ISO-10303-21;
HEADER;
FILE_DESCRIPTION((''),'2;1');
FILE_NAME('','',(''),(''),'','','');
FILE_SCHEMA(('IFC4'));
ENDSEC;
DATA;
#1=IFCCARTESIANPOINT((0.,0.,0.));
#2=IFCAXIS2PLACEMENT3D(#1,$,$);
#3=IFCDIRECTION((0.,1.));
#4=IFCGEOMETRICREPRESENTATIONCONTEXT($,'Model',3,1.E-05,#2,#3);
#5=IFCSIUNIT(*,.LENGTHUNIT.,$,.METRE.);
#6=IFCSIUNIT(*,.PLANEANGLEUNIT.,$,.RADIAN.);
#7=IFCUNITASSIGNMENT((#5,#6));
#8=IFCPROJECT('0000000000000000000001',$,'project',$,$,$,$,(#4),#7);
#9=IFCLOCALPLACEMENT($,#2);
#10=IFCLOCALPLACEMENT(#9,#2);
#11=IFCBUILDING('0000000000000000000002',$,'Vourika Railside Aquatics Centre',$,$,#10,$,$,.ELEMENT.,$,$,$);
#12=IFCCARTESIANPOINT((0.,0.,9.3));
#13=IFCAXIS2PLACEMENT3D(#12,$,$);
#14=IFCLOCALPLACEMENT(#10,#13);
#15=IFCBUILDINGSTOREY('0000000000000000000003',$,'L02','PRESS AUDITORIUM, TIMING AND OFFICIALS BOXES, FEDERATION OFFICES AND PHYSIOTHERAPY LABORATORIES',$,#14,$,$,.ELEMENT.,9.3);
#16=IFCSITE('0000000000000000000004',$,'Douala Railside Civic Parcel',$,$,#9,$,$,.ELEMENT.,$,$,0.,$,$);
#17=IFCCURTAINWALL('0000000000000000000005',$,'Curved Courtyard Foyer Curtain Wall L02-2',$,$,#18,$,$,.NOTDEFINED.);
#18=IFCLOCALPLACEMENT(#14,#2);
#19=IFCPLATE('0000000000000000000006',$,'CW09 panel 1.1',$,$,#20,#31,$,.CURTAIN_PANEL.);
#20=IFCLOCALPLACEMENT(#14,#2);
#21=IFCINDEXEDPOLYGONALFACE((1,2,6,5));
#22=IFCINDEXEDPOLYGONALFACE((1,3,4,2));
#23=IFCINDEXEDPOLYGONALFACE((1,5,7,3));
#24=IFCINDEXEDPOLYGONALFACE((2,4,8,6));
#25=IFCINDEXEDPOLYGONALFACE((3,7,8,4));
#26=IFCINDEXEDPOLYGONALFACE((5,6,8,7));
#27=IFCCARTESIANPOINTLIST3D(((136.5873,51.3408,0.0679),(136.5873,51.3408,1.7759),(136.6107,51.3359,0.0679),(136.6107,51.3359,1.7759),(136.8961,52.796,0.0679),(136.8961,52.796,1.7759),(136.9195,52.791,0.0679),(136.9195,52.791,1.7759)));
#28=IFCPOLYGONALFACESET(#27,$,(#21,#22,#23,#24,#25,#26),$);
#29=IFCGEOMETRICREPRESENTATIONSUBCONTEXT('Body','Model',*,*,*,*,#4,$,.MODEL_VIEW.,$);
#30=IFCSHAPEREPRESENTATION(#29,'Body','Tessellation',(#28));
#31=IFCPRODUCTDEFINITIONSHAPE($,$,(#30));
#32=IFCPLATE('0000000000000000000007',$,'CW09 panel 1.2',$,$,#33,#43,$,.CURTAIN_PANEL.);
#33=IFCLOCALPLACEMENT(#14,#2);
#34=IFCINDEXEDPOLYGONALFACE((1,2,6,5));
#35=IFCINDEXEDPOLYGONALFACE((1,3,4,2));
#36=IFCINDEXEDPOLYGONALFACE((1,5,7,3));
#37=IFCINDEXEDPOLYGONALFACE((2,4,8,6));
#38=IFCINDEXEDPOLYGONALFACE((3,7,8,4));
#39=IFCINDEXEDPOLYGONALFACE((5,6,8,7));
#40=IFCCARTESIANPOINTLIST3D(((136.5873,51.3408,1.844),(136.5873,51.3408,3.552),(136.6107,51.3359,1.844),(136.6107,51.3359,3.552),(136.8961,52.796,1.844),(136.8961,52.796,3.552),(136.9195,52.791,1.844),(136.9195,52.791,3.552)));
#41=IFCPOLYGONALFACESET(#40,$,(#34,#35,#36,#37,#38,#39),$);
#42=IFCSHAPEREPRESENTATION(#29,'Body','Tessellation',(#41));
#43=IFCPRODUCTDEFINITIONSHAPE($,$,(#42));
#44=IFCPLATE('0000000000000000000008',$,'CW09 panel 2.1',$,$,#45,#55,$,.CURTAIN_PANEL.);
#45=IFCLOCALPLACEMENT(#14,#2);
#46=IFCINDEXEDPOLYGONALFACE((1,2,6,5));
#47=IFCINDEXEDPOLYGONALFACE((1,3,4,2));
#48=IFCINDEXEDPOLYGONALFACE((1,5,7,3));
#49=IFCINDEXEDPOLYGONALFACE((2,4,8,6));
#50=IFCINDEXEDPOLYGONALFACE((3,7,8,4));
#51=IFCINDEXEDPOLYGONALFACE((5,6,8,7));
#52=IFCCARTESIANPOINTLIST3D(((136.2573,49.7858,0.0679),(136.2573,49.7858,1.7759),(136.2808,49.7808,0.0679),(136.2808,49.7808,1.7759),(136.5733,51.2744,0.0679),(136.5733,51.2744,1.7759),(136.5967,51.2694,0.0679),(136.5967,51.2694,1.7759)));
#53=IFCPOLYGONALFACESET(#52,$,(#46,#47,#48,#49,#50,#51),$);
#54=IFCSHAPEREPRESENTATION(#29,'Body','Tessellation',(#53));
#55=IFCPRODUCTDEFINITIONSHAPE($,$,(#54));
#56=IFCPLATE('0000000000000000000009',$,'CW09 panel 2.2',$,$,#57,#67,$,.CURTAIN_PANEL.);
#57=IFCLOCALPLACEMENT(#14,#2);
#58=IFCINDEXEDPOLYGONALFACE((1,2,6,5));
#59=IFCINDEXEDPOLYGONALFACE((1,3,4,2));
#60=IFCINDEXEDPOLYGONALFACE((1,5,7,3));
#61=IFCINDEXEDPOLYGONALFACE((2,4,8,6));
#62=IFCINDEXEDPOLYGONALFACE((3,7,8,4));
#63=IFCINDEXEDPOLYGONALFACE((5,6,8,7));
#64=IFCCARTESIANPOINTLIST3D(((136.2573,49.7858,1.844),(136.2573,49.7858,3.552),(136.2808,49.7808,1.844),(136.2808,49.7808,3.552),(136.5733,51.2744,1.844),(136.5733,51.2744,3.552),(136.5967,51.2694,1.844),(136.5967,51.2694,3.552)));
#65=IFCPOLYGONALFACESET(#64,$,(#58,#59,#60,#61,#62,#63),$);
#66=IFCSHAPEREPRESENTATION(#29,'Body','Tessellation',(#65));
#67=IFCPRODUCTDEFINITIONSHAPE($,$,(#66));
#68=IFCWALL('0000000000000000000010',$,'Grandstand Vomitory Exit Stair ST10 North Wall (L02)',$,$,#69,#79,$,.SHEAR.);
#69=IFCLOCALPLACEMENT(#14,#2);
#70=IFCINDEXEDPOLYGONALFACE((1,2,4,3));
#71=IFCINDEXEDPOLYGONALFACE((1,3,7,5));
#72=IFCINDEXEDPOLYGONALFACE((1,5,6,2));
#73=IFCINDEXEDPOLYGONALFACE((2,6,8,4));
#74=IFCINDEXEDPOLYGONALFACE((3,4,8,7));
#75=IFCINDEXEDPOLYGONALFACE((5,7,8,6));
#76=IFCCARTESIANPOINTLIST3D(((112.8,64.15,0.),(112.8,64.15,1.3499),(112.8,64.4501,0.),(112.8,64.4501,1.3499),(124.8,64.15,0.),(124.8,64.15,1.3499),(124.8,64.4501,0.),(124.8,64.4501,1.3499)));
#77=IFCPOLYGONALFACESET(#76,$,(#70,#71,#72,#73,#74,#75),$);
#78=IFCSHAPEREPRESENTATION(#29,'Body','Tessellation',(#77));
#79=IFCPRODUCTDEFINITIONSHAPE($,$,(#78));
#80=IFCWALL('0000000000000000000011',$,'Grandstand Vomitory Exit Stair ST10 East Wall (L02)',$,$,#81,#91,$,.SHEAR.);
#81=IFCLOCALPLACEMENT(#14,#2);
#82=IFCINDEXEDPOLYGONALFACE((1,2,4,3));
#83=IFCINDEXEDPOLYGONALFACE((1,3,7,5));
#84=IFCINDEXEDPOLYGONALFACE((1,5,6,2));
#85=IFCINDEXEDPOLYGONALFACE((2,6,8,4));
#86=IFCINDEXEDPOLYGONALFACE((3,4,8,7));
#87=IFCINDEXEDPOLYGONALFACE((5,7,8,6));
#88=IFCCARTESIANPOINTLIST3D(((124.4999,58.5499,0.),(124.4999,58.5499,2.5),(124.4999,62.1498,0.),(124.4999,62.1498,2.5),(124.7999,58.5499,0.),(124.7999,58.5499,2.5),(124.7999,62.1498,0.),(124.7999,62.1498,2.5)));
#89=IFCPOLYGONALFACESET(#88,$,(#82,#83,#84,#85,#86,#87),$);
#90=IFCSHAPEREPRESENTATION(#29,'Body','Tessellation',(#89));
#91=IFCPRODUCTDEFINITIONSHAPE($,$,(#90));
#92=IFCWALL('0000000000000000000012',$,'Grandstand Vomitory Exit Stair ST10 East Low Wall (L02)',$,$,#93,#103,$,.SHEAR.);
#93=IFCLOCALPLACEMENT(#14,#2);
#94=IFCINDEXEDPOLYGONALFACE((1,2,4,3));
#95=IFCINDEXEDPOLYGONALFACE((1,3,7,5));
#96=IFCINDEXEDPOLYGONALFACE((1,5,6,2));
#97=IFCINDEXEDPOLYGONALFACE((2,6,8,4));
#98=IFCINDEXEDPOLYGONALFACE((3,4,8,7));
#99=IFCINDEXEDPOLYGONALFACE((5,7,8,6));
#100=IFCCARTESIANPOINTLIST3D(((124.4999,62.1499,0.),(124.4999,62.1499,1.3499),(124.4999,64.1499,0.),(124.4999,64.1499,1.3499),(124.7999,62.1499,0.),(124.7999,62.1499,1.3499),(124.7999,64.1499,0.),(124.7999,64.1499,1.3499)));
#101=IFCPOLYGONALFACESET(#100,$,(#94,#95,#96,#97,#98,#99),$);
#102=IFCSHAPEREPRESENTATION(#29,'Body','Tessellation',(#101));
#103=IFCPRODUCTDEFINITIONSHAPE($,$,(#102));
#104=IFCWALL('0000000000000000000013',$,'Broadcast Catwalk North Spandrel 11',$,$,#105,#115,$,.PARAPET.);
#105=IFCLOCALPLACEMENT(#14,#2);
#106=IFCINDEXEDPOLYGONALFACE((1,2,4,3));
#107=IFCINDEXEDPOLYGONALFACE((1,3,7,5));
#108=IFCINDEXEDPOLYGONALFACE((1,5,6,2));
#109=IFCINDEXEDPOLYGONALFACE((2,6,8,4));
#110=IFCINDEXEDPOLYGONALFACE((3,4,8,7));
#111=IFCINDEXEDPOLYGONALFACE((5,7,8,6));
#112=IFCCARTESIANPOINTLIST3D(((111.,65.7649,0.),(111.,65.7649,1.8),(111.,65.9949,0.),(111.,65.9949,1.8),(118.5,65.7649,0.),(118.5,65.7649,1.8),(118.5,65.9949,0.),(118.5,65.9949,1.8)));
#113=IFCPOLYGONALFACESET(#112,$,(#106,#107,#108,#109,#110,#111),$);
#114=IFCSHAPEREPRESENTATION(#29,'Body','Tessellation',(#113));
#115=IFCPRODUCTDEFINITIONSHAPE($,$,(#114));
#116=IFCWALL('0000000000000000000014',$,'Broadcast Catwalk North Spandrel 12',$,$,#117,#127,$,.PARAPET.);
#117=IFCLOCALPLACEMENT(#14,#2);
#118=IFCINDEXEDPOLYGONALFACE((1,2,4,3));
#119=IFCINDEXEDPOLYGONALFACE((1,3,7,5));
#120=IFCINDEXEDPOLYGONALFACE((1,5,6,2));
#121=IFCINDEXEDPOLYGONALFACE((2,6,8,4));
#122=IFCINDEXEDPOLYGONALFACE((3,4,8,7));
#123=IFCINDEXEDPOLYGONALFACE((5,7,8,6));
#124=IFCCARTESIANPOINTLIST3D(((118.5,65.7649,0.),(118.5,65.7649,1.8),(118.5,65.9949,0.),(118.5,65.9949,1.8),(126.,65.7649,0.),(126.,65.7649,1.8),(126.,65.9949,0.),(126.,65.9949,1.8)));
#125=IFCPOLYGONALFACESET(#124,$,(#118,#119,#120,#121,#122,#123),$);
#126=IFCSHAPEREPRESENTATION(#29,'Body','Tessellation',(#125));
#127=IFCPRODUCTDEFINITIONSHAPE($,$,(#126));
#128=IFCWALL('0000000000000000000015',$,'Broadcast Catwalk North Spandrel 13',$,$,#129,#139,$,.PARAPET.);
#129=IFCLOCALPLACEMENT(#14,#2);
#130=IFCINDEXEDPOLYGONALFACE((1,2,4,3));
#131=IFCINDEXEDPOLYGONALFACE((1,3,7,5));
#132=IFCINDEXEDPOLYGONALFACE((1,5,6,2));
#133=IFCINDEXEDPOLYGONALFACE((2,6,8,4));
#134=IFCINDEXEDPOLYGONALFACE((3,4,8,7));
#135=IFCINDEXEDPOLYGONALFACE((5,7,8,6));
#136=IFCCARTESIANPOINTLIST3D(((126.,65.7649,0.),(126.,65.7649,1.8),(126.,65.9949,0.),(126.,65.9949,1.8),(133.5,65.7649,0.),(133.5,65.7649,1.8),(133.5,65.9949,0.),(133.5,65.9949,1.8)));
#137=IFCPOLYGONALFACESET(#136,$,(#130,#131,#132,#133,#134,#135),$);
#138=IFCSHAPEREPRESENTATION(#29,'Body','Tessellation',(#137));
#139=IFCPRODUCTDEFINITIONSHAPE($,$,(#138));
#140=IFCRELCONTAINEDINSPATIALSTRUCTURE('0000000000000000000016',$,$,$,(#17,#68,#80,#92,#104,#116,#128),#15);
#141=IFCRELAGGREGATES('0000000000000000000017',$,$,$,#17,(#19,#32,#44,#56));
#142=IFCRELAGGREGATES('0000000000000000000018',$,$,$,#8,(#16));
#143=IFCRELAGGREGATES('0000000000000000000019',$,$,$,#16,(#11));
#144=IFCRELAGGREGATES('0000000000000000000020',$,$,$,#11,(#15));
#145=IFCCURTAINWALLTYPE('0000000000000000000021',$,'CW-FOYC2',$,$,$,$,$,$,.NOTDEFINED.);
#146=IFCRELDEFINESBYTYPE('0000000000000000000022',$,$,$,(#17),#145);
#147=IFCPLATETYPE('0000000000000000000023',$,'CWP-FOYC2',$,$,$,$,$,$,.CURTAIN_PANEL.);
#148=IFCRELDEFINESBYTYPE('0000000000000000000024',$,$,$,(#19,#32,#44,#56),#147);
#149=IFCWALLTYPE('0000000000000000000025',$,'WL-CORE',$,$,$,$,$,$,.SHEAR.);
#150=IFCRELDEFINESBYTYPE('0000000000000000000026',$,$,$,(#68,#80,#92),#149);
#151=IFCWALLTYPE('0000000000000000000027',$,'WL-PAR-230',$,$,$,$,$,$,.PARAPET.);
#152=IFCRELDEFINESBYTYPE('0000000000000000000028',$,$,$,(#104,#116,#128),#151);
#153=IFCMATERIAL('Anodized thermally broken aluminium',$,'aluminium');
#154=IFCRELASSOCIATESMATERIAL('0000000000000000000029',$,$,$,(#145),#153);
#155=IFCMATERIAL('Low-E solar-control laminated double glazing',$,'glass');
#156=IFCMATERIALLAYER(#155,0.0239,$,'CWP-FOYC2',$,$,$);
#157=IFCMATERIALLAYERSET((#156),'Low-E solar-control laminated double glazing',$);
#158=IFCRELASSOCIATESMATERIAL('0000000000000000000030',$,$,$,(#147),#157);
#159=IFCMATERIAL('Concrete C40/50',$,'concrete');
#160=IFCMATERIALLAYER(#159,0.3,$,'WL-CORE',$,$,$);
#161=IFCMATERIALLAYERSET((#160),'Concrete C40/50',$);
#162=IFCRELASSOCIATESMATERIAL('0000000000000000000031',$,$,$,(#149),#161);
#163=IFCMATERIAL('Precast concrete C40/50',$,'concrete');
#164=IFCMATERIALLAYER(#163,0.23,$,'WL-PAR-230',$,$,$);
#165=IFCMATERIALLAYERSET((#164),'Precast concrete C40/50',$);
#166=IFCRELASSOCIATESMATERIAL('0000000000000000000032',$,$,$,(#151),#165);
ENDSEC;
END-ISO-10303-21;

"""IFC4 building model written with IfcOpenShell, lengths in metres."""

from ifc_helpers import new_model, si_unit, direction, frame, frame_2d, origin, origin_2d, place, context, subcontext, project, spatial, rectangle, extrude, material, layer, layer_set, type_object, element, aggregate, save


model = new_model("IFC4")

# Units and contexts
model_context = context("Model", 3, precision=1e-05, world=origin(), true_north=direction((0.0, 1.0)))
body_context = subcontext(model_context, "Body", "Model", "MODEL_VIEW")
ifc_project = project(units=[si_unit("LENGTHUNIT", "METRE"), si_unit("PLANEANGLEUNIT", "RADIAN")], contexts=[model_context])

# Site, building, storey
site_placement = place(None, origin())
site = spatial("IfcSite", under=ifc_project, at=site_placement, Name="Douala Railside Civic Parcel", CompositionType="ELEMENT", RefElevation=0.0)
building_placement = place(site_placement, origin())
building = spatial("IfcBuilding", under=site, at=building_placement, Name="Vourika Railside Aquatics Centre", CompositionType="ELEMENT")
storey_placement = place(building_placement, frame((0.0, 0.0, 9.3)))
storey = spatial("IfcBuildingStorey", under=building, at=storey_placement, Name="L02", Description="PRESS AUDITORIUM, TIMING AND OFFICIALS BOXES, FEDERATION OFFICES AND PHYSIOTHERAPY LABORATORIES", CompositionType="ELEMENT", Elevation=9.3)

# Curtain wall, plates
ifc_material_1 = material(Name="Anodized thermally broken aluminium", Category="aluminium")
curtain_wall_type = type_object("IfcCurtainWallType", Name="CW-FOYC2", PredefinedType="NOTDEFINED", material=ifc_material_1)
curtain_wall_placement = place(storey_placement, origin())
curtain_wall = element("IfcCurtainWall", 1, at=curtain_wall_placement, inside=storey, type_object=curtain_wall_type, Name="Curved Courtyard Foyer Curtain Wall L02-2", PredefinedType="NOTDEFINED")
ifc_material_2 = material(Name="Low-E solar-control laminated double glazing", Category="glass")
ifc_layer_1 = layer(ifc_material_2, 0.0239, Name="CWP-FOYC2")
ifc_layer_set_1 = layer_set([ifc_layer_1], Name="Low-E solar-control laminated double glazing")
plate_type = type_object("IfcPlateType", Name="CWP-FOYC2", PredefinedType="CURTAIN_PANEL", material=ifc_layer_set_1)
plate_1_placement = place(storey_placement, frame((136.7534, 52.0659, 0.0679), z_axis=(0.0, 0.0, 1.0), x_axis=(-0.207595, -0.978215, 0.0)))
plate_1 = element("IfcPlate", 2, at=plate_1_placement, type_object=plate_type, Name="CW09 panel 1.1", PredefinedType="CURTAIN_PANEL", context=body_context, shape_type="SweptSolid", body=[
    extrude(rectangle(XDim=1.4875, YDim=0.0239, at=origin_2d()), origin(), (0.0, 0.0, 1.0), 1.708),
])
plate_2_placement = place(storey_placement, frame((136.7534, 52.0659, 1.844), z_axis=(0.0, 0.0, 1.0), x_axis=(-0.207595, -0.978215, 0.0)))
plate_2 = element("IfcPlate", 3, at=plate_2_placement, type_object=plate_type, Name="CW09 panel 1.2", PredefinedType="CURTAIN_PANEL", context=body_context, shape_type="SweptSolid", body=[
    extrude(rectangle(XDim=1.4875, YDim=0.0239, at=origin_2d()), origin(), (0.0, 0.0, 1.0), 1.708),
])
plate_3_placement = place(storey_placement, frame((136.427, 50.5276, 0.0679), z_axis=(0.0, 0.0, 1.0), x_axis=(-0.207595, -0.978215, 0.0)))
plate_3 = element("IfcPlate", 4, at=plate_3_placement, type_object=plate_type, Name="CW09 panel 2.1", PredefinedType="CURTAIN_PANEL", context=body_context, shape_type="SweptSolid", body=[
    extrude(rectangle(XDim=1.5217, YDim=0.0239, at=origin_2d()), origin(), (0.0, 0.0, 1.0), 1.708),
])
plate_4_placement = place(storey_placement, frame((136.427, 50.5276, 1.844), z_axis=(0.0, 0.0, 1.0), x_axis=(-0.207595, -0.978215, 0.0)))
plate_4 = element("IfcPlate", 5, at=plate_4_placement, type_object=plate_type, Name="CW09 panel 2.2", PredefinedType="CURTAIN_PANEL", context=body_context, shape_type="SweptSolid", body=[
    extrude(rectangle(XDim=1.5217, YDim=0.0239, at=origin_2d()), origin(), (0.0, 0.0, 1.0), 1.708),
])
aggregate(curtain_wall, [plate_1, plate_2, plate_3, plate_4])

# Walls
ifc_material_3 = material(Name="Concrete C40/50", Category="concrete")
ifc_layer_2 = layer(ifc_material_3, 0.3, Name="WL-CORE")
ifc_layer_set_2 = layer_set([ifc_layer_2], Name="Concrete C40/50")
wall_type_1 = type_object("IfcWallType", Name="WL-CORE", PredefinedType="SHEAR", material=ifc_layer_set_2)
wall_1_placement = place(storey_placement, frame((124.8, 64.3, 0.0), z_axis=(0.0, 0.0, 1.0), x_axis=(-1.0, 0.0, 0.0)))
element("IfcWall", 6, at=wall_1_placement, inside=storey, type_object=wall_type_1, Name="Grandstand Vomitory Exit Stair ST10 North Wall (L02)", PredefinedType="SHEAR", context=body_context, shape_type="SweptSolid", body=[
    extrude(rectangle(XDim=12.0, YDim=0.3, at=frame_2d((6.0, 0.0))), origin(), (0.0, 0.0, 1.0), 1.3499),
])
wall_2_placement = place(storey_placement, frame((124.6499, 58.55, 0.0), z_axis=(0.0, 0.0, 1.0), x_axis=(0.0, 1.0, 0.0)))
element("IfcWall", 7, at=wall_2_placement, inside=storey, type_object=wall_type_1, Name="Grandstand Vomitory Exit Stair ST10 East Wall (L02)", PredefinedType="SHEAR", context=body_context, shape_type="SweptSolid", body=[
    extrude(rectangle(XDim=3.5999, YDim=0.3, at=frame_2d((1.7998, 0.0))), origin(), (0.0, 0.0, 1.0), 2.5),
])
wall_3_placement = place(storey_placement, frame((124.6499, 62.1499, 0.0), z_axis=(0.0, 0.0, 1.0), x_axis=(0.0, 1.0, 0.0)))
element("IfcWall", 8, at=wall_3_placement, inside=storey, type_object=wall_type_1, Name="Grandstand Vomitory Exit Stair ST10 East Low Wall (L02)", PredefinedType="SHEAR", context=body_context, shape_type="SweptSolid", body=[
    extrude(rectangle(XDim=2.0, YDim=0.3, at=frame_2d((1.0, 0.0))), origin(), (0.0, 0.0, 1.0), 1.3499),
])
ifc_material_4 = material(Name="Precast concrete C40/50", Category="concrete")
ifc_layer_3 = layer(ifc_material_4, 0.23, Name="WL-PAR-230")
ifc_layer_set_3 = layer_set([ifc_layer_3], Name="Precast concrete C40/50")
wall_type_2 = type_object("IfcWallType", Name="WL-PAR-230", PredefinedType="PARAPET", material=ifc_layer_set_3)
for number, where, z_axis, x_axis, name in (
    (9, (118.5, 65.8799, 0.0), (0.0, 0.0, 1.0), (-1.0, 0.0, 0.0), "Broadcast Catwalk North Spandrel 11"),
    (10, (126.0, 65.8799, 0.0), (0.0, 0.0, 1.0), (-1.0, 0.0, 0.0), "Broadcast Catwalk North Spandrel 12"),
    (11, (133.5, 65.8799, 0.0), (0.0, 0.0, 1.0), (-1.0, 0.0, 0.0), "Broadcast Catwalk North Spandrel 13"),
):
    element("IfcWall", number, at=place(storey_placement, frame(where, z_axis=z_axis, x_axis=x_axis)), inside=storey, type_object=wall_type_2, Name=name, PredefinedType="PARAPET", context=body_context, shape_type="SweptSolid", body=[
        extrude(rectangle(XDim=7.5, YDim=0.23, at=frame_2d((3.75, 0.0))), origin(), (0.0, 0.0, 1.0), 1.8),
    ])

save(model, "model.ifc")
